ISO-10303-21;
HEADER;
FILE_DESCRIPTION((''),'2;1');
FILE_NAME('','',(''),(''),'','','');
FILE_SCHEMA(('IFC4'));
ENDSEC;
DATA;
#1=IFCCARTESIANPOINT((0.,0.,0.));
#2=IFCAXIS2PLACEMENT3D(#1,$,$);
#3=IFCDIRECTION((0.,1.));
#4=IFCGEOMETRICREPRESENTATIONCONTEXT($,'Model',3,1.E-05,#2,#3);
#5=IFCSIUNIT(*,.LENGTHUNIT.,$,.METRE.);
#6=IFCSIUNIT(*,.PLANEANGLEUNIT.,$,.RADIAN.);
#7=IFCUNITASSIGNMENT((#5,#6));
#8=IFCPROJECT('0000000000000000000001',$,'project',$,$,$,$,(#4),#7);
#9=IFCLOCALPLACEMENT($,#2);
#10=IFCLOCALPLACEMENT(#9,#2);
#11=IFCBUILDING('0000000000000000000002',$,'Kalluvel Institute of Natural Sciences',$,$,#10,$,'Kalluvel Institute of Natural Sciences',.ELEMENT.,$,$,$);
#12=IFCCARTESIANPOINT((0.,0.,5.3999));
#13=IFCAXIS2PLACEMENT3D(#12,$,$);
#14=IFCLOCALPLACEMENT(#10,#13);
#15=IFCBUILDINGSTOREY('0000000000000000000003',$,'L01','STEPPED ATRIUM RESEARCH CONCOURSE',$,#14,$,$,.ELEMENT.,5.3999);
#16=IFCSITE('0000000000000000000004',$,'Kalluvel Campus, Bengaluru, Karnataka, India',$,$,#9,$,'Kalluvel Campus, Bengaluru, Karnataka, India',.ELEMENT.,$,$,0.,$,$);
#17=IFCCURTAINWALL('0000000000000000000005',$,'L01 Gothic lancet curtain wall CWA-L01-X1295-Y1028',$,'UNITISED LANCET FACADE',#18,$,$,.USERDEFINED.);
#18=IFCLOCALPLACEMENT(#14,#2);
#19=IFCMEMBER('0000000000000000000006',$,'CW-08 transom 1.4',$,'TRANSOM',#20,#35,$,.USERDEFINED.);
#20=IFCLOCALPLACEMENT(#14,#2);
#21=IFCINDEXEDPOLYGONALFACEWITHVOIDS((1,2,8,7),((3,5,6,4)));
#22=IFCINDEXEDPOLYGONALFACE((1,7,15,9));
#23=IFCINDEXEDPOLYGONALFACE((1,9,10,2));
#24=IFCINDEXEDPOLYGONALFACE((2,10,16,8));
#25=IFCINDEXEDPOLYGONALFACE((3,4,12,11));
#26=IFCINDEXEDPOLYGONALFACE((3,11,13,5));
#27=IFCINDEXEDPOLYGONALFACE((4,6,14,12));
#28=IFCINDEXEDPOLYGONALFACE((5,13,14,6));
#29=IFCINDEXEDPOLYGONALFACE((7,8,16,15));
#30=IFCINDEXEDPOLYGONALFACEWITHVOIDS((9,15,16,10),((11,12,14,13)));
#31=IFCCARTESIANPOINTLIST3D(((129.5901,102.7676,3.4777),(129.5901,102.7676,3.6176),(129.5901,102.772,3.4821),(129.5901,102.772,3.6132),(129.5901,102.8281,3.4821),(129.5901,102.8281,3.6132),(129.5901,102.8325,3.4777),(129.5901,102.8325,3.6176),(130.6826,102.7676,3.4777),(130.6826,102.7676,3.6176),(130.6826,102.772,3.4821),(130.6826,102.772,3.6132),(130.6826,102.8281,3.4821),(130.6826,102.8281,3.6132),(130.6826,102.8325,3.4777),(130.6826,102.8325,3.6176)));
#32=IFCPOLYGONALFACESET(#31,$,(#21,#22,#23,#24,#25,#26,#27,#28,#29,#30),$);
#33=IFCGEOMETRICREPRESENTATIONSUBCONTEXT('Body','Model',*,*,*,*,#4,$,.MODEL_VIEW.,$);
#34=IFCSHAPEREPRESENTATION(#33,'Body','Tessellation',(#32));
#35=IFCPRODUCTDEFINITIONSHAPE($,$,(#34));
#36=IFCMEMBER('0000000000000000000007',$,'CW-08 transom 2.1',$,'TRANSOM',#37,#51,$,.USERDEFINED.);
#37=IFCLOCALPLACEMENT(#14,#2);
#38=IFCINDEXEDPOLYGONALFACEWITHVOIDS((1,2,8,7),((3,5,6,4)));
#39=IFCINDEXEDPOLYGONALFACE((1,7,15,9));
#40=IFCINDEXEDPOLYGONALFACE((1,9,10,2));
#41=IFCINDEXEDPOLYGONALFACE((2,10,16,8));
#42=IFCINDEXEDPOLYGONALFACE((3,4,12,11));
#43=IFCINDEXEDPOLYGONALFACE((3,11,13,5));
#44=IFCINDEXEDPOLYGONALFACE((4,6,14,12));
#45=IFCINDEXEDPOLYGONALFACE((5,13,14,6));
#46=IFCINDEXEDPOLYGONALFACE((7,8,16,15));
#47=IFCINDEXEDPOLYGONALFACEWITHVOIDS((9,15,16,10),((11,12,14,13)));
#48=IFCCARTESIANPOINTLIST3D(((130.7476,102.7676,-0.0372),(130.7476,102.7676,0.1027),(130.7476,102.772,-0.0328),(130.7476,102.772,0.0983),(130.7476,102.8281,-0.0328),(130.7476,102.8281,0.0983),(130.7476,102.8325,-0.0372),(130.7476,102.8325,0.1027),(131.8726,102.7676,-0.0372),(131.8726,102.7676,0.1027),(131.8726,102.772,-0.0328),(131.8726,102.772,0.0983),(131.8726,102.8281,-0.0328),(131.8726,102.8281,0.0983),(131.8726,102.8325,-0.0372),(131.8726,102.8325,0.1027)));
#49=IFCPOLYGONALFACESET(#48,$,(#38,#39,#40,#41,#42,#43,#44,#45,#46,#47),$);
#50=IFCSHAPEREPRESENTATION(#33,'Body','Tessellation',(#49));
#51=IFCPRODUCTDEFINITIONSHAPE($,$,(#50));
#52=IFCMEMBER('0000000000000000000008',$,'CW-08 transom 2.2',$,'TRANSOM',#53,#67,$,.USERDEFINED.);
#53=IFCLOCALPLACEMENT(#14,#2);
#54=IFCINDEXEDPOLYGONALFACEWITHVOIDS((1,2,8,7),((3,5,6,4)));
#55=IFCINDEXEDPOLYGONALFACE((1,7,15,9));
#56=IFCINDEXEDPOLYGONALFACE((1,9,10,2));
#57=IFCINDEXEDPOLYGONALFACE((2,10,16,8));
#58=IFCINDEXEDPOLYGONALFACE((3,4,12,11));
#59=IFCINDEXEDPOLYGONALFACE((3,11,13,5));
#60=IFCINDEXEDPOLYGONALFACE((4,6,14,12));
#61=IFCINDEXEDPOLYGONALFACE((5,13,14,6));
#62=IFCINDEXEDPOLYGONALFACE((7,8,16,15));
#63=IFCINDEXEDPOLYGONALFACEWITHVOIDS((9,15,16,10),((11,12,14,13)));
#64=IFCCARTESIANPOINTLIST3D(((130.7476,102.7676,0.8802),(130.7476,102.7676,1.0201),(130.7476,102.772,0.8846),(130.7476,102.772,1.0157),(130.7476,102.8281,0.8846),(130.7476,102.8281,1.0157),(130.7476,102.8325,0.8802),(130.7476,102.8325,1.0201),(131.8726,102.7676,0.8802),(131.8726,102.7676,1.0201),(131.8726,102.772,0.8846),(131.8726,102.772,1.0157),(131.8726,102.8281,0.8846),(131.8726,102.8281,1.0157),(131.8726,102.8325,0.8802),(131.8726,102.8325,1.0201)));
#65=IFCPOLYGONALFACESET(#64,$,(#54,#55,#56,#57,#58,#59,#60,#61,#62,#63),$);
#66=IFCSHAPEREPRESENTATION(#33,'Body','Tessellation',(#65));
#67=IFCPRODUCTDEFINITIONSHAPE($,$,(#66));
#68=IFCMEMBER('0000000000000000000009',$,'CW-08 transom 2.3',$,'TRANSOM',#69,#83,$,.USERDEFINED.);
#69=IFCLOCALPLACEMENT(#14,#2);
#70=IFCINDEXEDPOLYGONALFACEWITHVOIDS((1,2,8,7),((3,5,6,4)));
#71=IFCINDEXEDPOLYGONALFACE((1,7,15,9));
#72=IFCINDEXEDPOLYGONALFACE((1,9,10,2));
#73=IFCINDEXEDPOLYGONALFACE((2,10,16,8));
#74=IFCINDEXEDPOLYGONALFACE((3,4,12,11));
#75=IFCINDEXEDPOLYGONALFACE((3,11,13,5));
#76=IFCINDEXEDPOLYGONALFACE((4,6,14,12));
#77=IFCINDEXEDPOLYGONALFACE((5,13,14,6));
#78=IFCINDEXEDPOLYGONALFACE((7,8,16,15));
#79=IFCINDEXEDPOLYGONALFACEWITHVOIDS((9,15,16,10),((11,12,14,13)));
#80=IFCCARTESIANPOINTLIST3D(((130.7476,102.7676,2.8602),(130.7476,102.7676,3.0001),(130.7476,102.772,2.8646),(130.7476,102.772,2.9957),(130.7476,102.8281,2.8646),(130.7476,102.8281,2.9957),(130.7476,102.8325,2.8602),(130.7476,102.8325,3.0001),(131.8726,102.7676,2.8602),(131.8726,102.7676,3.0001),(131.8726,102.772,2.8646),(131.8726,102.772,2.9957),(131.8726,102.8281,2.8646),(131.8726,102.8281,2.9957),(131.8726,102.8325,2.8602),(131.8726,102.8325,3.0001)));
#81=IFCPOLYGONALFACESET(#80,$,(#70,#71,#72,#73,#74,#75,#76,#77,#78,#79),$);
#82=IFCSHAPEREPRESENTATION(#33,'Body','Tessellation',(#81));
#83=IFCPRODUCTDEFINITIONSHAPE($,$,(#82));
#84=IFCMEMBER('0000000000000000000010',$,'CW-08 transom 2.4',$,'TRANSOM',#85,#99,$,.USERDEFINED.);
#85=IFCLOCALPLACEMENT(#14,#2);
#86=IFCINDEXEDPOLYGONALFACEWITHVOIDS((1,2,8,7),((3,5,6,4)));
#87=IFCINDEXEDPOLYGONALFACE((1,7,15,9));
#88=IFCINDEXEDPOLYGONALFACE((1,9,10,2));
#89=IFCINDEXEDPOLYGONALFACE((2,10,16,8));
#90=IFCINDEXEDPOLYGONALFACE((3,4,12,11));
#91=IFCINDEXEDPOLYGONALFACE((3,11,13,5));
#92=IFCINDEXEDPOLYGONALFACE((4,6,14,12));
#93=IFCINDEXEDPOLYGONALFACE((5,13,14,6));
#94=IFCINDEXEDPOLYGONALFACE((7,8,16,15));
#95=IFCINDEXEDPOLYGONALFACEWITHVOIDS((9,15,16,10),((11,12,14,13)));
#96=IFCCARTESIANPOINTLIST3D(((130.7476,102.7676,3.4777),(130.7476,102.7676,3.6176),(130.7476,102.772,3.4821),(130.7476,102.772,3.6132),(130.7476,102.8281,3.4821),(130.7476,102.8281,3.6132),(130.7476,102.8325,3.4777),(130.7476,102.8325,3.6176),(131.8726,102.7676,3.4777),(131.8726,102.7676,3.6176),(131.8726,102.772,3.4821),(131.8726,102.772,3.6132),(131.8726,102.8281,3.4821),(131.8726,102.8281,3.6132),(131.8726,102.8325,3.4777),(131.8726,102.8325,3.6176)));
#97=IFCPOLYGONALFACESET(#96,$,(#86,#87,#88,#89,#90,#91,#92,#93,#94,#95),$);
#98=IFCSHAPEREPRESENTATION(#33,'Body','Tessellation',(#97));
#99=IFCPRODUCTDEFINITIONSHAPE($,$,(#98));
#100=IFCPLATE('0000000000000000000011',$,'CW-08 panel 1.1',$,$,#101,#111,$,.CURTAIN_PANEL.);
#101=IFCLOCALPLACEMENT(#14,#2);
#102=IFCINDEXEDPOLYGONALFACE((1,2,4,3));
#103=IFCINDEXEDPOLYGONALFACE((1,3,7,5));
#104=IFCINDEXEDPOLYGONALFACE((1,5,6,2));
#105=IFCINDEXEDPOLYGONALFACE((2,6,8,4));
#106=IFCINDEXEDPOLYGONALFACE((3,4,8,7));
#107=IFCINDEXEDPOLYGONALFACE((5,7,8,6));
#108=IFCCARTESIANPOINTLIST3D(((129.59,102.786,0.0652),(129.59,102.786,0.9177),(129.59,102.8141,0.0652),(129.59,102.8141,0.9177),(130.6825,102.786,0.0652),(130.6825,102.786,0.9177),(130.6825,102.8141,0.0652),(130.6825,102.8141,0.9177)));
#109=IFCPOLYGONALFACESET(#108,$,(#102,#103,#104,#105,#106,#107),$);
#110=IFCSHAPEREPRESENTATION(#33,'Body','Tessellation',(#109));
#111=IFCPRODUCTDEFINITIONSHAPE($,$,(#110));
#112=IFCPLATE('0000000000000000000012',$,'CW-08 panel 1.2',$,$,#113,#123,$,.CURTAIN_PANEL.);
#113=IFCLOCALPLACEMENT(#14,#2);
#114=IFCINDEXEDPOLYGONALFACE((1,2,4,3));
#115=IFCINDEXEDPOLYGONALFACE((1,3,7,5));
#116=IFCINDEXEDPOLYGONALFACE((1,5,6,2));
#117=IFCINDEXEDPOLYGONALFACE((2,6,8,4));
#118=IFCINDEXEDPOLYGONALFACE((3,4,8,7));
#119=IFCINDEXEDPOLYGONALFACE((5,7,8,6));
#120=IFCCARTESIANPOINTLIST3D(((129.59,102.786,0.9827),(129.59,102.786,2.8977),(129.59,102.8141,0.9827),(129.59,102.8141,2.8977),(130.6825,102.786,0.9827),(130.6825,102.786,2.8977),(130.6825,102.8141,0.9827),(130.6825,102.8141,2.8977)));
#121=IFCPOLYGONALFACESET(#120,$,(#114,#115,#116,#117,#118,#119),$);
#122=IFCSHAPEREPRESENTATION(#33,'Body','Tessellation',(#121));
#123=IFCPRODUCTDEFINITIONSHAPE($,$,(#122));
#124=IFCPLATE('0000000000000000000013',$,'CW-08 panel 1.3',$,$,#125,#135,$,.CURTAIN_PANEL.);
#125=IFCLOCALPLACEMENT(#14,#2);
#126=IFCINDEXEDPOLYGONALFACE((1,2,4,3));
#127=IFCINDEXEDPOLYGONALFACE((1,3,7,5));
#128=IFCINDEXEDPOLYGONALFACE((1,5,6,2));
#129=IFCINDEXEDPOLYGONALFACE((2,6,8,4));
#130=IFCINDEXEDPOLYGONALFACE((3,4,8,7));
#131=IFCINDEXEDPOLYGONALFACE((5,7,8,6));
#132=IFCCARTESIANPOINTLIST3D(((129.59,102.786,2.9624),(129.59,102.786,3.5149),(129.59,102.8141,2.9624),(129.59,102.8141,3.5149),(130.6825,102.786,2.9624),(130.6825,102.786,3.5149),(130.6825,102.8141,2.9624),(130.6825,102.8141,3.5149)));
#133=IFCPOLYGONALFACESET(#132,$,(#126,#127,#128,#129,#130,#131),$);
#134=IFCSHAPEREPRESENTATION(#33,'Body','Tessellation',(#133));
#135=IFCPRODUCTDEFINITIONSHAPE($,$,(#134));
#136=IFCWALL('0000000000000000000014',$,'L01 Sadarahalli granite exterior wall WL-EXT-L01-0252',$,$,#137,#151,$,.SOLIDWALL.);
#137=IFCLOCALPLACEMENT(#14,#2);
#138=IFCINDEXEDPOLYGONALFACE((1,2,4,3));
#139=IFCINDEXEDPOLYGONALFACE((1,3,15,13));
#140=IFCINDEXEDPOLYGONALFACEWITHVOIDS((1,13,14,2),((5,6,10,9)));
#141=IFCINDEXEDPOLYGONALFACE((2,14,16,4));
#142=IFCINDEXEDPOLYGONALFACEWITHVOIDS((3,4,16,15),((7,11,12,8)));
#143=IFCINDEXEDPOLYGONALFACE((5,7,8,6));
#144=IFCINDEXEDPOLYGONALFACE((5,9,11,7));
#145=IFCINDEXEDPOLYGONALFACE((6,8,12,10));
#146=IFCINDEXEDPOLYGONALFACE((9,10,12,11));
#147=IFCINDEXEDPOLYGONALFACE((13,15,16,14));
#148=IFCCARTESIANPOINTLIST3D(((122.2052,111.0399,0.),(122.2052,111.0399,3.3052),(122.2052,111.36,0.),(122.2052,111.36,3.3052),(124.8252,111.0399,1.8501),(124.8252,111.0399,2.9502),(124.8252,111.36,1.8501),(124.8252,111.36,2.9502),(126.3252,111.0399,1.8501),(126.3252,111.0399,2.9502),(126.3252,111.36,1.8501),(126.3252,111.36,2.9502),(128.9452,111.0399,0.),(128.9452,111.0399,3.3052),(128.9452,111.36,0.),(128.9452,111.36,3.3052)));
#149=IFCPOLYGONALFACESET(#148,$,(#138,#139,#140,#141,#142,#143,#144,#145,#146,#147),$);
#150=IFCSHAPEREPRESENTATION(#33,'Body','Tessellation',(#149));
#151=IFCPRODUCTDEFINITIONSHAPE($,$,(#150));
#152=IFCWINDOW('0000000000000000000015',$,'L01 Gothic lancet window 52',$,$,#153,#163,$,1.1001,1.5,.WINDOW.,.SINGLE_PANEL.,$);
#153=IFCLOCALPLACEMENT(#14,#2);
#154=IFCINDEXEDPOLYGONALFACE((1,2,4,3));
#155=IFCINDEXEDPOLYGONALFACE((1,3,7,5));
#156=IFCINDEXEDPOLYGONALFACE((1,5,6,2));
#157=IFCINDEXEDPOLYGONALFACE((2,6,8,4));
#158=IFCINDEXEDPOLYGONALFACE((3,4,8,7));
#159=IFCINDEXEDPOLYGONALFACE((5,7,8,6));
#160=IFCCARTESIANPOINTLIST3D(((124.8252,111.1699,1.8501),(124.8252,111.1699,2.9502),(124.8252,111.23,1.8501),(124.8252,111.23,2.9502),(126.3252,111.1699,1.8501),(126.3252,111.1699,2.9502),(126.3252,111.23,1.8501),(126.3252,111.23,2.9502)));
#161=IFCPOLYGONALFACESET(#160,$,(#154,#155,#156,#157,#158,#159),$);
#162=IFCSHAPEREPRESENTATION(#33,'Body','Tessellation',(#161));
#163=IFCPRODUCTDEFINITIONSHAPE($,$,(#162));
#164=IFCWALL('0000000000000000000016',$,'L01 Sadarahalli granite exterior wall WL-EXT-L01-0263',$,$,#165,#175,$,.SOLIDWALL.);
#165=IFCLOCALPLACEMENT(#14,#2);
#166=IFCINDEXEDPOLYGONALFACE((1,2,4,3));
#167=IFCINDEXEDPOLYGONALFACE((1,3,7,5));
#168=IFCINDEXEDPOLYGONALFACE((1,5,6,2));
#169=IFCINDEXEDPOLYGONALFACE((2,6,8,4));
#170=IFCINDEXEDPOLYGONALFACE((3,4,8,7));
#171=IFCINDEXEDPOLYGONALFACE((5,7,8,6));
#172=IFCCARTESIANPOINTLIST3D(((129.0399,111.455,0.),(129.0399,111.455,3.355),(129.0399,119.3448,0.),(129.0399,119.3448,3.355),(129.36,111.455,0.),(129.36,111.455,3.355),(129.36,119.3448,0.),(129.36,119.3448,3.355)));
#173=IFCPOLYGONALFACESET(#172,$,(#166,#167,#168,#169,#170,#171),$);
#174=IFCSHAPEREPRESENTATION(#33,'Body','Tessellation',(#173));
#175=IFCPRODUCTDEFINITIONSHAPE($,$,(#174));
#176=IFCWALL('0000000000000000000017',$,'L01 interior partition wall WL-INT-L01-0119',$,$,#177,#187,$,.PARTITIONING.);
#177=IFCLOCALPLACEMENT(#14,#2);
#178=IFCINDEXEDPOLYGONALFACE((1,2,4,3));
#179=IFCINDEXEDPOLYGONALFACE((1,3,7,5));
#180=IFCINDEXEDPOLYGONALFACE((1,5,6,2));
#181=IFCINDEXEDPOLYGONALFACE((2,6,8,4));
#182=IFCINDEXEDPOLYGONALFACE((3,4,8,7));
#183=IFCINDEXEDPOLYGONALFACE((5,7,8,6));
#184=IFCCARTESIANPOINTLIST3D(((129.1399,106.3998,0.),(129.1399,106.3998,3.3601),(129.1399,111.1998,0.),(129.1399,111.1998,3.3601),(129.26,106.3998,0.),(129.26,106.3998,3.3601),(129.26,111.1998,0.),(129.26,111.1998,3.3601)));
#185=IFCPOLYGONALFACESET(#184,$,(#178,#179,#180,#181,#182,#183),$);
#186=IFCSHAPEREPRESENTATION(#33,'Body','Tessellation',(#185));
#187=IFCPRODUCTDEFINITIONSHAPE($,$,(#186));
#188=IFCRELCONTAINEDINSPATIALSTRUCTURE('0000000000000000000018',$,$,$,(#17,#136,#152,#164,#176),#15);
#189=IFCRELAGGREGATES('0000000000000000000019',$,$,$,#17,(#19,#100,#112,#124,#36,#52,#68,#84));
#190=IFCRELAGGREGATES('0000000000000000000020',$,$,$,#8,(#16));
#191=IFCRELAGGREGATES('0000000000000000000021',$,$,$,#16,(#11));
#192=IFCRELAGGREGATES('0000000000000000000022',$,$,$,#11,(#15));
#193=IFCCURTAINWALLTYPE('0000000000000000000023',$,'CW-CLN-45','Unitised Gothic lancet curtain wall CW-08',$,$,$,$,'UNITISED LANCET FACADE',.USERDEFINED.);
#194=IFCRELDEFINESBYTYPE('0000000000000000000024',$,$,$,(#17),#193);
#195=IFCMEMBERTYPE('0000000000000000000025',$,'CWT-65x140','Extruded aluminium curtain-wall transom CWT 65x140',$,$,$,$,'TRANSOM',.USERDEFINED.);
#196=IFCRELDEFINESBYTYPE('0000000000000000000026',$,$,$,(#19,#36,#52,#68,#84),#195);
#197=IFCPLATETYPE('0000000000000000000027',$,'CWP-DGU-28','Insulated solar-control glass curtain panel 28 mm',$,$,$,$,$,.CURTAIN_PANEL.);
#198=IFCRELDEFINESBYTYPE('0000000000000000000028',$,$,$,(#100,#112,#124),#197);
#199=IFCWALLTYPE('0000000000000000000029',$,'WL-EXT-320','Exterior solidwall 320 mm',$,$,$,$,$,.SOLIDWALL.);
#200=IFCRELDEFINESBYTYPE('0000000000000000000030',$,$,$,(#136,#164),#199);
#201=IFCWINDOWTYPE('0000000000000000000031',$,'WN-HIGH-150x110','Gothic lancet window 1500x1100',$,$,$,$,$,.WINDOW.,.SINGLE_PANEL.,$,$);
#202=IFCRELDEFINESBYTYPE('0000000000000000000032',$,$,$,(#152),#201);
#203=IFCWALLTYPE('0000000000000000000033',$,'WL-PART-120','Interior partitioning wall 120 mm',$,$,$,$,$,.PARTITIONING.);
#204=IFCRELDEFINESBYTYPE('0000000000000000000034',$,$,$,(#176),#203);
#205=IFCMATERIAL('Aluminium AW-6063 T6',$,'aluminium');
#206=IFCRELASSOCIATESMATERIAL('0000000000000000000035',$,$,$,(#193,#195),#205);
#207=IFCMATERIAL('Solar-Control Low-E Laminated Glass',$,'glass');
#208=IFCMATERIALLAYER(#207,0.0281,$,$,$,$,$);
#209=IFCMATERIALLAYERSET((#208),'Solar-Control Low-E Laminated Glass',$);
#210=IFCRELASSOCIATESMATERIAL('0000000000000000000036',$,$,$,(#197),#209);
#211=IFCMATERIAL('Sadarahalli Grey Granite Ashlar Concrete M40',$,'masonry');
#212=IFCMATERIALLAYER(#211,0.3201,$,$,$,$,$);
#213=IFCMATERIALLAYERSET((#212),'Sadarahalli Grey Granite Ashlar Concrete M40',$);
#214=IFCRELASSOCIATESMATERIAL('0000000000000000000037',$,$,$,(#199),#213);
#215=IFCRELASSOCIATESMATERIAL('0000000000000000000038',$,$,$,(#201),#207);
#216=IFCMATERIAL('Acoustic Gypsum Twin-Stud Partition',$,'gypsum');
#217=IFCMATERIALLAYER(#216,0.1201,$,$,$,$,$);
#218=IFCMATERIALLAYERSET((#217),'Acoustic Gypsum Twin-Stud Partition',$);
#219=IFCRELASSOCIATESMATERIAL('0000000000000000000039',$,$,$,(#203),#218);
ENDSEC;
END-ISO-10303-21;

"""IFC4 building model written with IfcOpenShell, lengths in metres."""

from ifc_helpers import new_model, si_unit, direction, frame, frame_2d, origin, origin_2d, place, context, subcontext, project, spatial, rectangle, hollow_rectangle, extrude, material, layer, layer_set, material_profile, profile_set, type_object, element, fill, aggregate, save


model = new_model("IFC4")

# Units and contexts
model_context = context("Model", 3, precision=1e-05, world=origin(), true_north=direction((0.0, 1.0)))
body_context = subcontext(model_context, "Body", "Model", "MODEL_VIEW")
ifc_project = project(units=[si_unit("LENGTHUNIT", "METRE"), si_unit("PLANEANGLEUNIT", "RADIAN")], contexts=[model_context])

# Site, building, storey
site_placement = place(None, origin())
site = spatial("IfcSite", under=ifc_project, at=site_placement, Name="Kalluvel Campus, Bengaluru, Karnataka, India", LongName="Kalluvel Campus, Bengaluru, Karnataka, India", CompositionType="ELEMENT", RefElevation=0.0)
building_placement = place(site_placement, origin())
building = spatial("IfcBuilding", under=site, at=building_placement, Name="Kalluvel Institute of Natural Sciences", LongName="Kalluvel Institute of Natural Sciences", CompositionType="ELEMENT")
storey_placement = place(building_placement, frame((0.0, 0.0, 5.3999)))
storey = spatial("IfcBuildingStorey", under=building, at=storey_placement, Name="L01", Description="STEPPED ATRIUM RESEARCH CONCOURSE", CompositionType="ELEMENT", Elevation=5.3999)

# Curtain wall, members, plates
ifc_material_1 = material(Name="Aluminium AW-6063 T6", Category="aluminium")
curtain_wall_type = type_object("IfcCurtainWallType", Name="CW-CLN-45", Description="Unitised Gothic lancet curtain wall CW-08", ElementType="UNITISED LANCET FACADE", PredefinedType="USERDEFINED", material=ifc_material_1)
curtain_wall_placement = place(storey_placement, origin())
curtain_wall = element("IfcCurtainWall", 1, at=curtain_wall_placement, inside=storey, type_object=curtain_wall_type, Name="L01 Gothic lancet curtain wall CWA-L01-X1295-Y1028", ObjectType="UNITISED LANCET FACADE", PredefinedType="USERDEFINED")
ifc_material_profile_1 = material_profile(ifc_material_1, hollow_rectangle(XDim=0.0649, YDim=0.1399, WallThickness=0.0044, at=origin_2d()), Name="CWT 65x140")
ifc_profile_set_1 = profile_set([ifc_material_profile_1], Name="Aluminium AW-6063 T6")
member_type_1 = type_object("IfcMemberType", Name="CWT-65x140", Description="Extruded aluminium curtain-wall transom CWT 65x140", ElementType="TRANSOM", PredefinedType="USERDEFINED", material=ifc_profile_set_1)
member_1_placement = place(storey_placement, frame((129.5901, 102.8, 3.5476), z_axis=(1.0, 0.0, 0.0), x_axis=(0.0, 1.0, 0.0)))
member_1 = element("IfcMember", 2, at=member_1_placement, type_object=member_type_1, Name="CW-08 transom 1.4", ObjectType="TRANSOM", PredefinedType="USERDEFINED", context=body_context, shape_type="SweptSolid", body=[
    extrude(hollow_rectangle(XDim=0.0649, YDim=0.1399, WallThickness=0.0044, at=origin_2d()), origin(), (0.0, 0.0, 1.0), 1.0925),
])
member_2_placement = place(storey_placement, frame((130.7476, 102.8, 0.0327), z_axis=(1.0, 0.0, 0.0), x_axis=(0.0, 1.0, 0.0)))
member_2 = element("IfcMember", 3, at=member_2_placement, type_object=member_type_1, Name="CW-08 transom 2.1", ObjectType="TRANSOM", PredefinedType="USERDEFINED", context=body_context, shape_type="SweptSolid", body=[
    extrude(hollow_rectangle(XDim=0.0649, YDim=0.1399, WallThickness=0.0044, at=origin_2d()), origin(), (0.0, 0.0, 1.0), 1.125),
])
member_3_placement = place(storey_placement, frame((130.7476, 102.8, 0.9502), z_axis=(1.0, 0.0, 0.0), x_axis=(0.0, 1.0, 0.0)))
member_3 = element("IfcMember", 4, at=member_3_placement, type_object=member_type_1, Name="CW-08 transom 2.2", ObjectType="TRANSOM", PredefinedType="USERDEFINED", context=body_context, shape_type="SweptSolid", body=[
    extrude(hollow_rectangle(XDim=0.0649, YDim=0.1399, WallThickness=0.0044, at=origin_2d()), origin(), (0.0, 0.0, 1.0), 1.125),
])
member_4_placement = place(storey_placement, frame((130.7476, 102.8, 2.9302), z_axis=(1.0, 0.0, 0.0), x_axis=(0.0, 1.0, 0.0)))
member_4 = element("IfcMember", 5, at=member_4_placement, type_object=member_type_1, Name="CW-08 transom 2.3", ObjectType="TRANSOM", PredefinedType="USERDEFINED", context=body_context, shape_type="SweptSolid", body=[
    extrude(hollow_rectangle(XDim=0.0649, YDim=0.1399, WallThickness=0.0044, at=origin_2d()), origin(), (0.0, 0.0, 1.0), 1.125),
])
member_5_placement = place(storey_placement, frame((130.7476, 102.8, 3.5476), z_axis=(1.0, 0.0, 0.0), x_axis=(0.0, 1.0, 0.0)))
member_5 = element("IfcMember", 6, at=member_5_placement, type_object=member_type_1, Name="CW-08 transom 2.4", ObjectType="TRANSOM", PredefinedType="USERDEFINED", context=body_context, shape_type="SweptSolid", body=[
    extrude(hollow_rectangle(XDim=0.0649, YDim=0.1399, WallThickness=0.0044, at=origin_2d()), origin(), (0.0, 0.0, 1.0), 1.125),
])
ifc_material_2 = material(Name="Solar-Control Low-E Laminated Glass", Category="glass")
ifc_layer_1 = layer(ifc_material_2, 0.0281)
ifc_layer_set_1 = layer_set([ifc_layer_1], Name="Solar-Control Low-E Laminated Glass")
plate_type = type_object("IfcPlateType", Name="CWP-DGU-28", Description="Insulated solar-control glass curtain panel 28 mm", PredefinedType="CURTAIN_PANEL", material=ifc_layer_set_1)
plate_1_placement = place(storey_placement, frame((130.1362, 102.8, 0.0652), z_axis=(0.0, 0.0, 1.0), x_axis=(1.0, 0.0, 0.0)))
plate_1 = element("IfcPlate", 7, at=plate_1_placement, type_object=plate_type, Name="CW-08 panel 1.1", PredefinedType="CURTAIN_PANEL", context=body_context, shape_type="SweptSolid", body=[
    extrude(rectangle(XDim=1.0925, YDim=0.0281, at=origin_2d()), origin(), (0.0, 0.0, 1.0), 0.8525),
])
plate_2_placement = place(storey_placement, frame((130.1362, 102.8, 0.9827), z_axis=(0.0, 0.0, 1.0), x_axis=(1.0, 0.0, 0.0)))
plate_2 = element("IfcPlate", 8, at=plate_2_placement, type_object=plate_type, Name="CW-08 panel 1.2", PredefinedType="CURTAIN_PANEL", context=body_context, shape_type="SweptSolid", body=[
    extrude(rectangle(XDim=1.0925, YDim=0.0281, at=origin_2d()), origin(), (0.0, 0.0, 1.0), 1.915),
])
plate_3_placement = place(storey_placement, frame((130.1362, 102.8, 2.9624), z_axis=(0.0, 0.0, 1.0), x_axis=(1.0, 0.0, 0.0)))
plate_3 = element("IfcPlate", 9, at=plate_3_placement, type_object=plate_type, Name="CW-08 panel 1.3", PredefinedType="CURTAIN_PANEL", context=body_context, shape_type="SweptSolid", body=[
    extrude(rectangle(XDim=1.0925, YDim=0.0281, at=origin_2d()), origin(), (0.0, 0.0, 1.0), 0.5525),
])
aggregate(curtain_wall, [member_1, plate_1, plate_2, plate_3, member_2, member_3, member_4, member_5])

# Wall, opening, window
ifc_material_3 = material(Name="Sadarahalli Grey Granite Ashlar Concrete M40", Category="masonry")
ifc_layer_2 = layer(ifc_material_3, 0.3201)
ifc_layer_set_2 = layer_set([ifc_layer_2], Name="Sadarahalli Grey Granite Ashlar Concrete M40")
wall_type_1 = type_object("IfcWallType", Name="WL-EXT-320", Description="Exterior solidwall 320 mm", PredefinedType="SOLIDWALL", material=ifc_layer_set_2)
wall_1_placement = place(storey_placement, frame((122.2051, 111.2, 0.0), z_axis=(0.0, 0.0, 1.0), x_axis=(1.0, 0.0, 0.0)))
wall_1 = element("IfcWall", 10, at=wall_1_placement, inside=storey, type_object=wall_type_1, Name="L01 Sadarahalli granite exterior wall WL-EXT-L01-0252", PredefinedType="SOLIDWALL", context=body_context, shape_type="SweptSolid", body=[
    extrude(rectangle(XDim=6.74, YDim=0.3201, at=frame_2d((3.3701, 0.0))), origin(), (0.0, 0.0, 1.0), 3.3052),
])
opening_placement = place(wall_1_placement, frame((2.6201, 0.0, 1.8501)))
opening = element("IfcOpeningElement", 11, at=opening_placement, cuts=wall_1, PredefinedType="OPENING", context=body_context, shape_type="SweptSolid", body=[
    extrude(rectangle(XDim=1.5, YDim=1.1001, at=frame_2d((0.75, 0.55))), frame((0.0, 0.1699, 0.0), z_axis=(0.0, -1.0, 0.0), x_axis=(1.0, 0.0, 0.0)), (0.0, 0.0, 1.0), 0.3401),
])
window_type = type_object("IfcWindowType", Name="WN-HIGH-150x110", Description="Gothic lancet window 1500x1100", PartitioningType="SINGLE_PANEL", PredefinedType="WINDOW", material=ifc_material_2)
window_placement = place(opening_placement, origin())
window = element("IfcWindow", 12, at=window_placement, inside=storey, type_object=window_type, Name="L01 Gothic lancet window 52", OverallHeight=1.1001, OverallWidth=1.5, PartitioningType="SINGLE_PANEL", PredefinedType="WINDOW", context=body_context, shape_type="SweptSolid", body=[
    extrude(rectangle(XDim=1.5, YDim=1.1001, at=frame_2d((0.75, 0.55))), frame((0.0, 0.03, 0.0), z_axis=(0.0, -1.0, 0.0), x_axis=(1.0, 0.0, 0.0)), (0.0, 0.0, 1.0), 0.0601),
])
fill(opening, window)

# Walls
wall_2_placement = place(storey_placement, frame((129.2, 111.4551, 0.0), z_axis=(0.0, 0.0, 1.0), x_axis=(0.0, 1.0, 0.0)))
element("IfcWall", 13, at=wall_2_placement, inside=storey, type_object=wall_type_1, Name="L01 Sadarahalli granite exterior wall WL-EXT-L01-0263", PredefinedType="SOLIDWALL", context=body_context, shape_type="SweptSolid", body=[
    extrude(rectangle(XDim=7.8899, YDim=0.3201, at=frame_2d((3.9448, 0.0))), origin(), (0.0, 0.0, 1.0), 3.355),
])
ifc_material_4 = material(Name="Acoustic Gypsum Twin-Stud Partition", Category="gypsum")
ifc_layer_3 = layer(ifc_material_4, 0.1201)
ifc_layer_set_3 = layer_set([ifc_layer_3], Name="Acoustic Gypsum Twin-Stud Partition")
wall_type_2 = type_object("IfcWallType", Name="WL-PART-120", Description="Interior partitioning wall 120 mm", PredefinedType="PARTITIONING", material=ifc_layer_set_3)
wall_3_placement = place(storey_placement, frame((129.2, 106.3999, 0.0), z_axis=(0.0, 0.0, 1.0), x_axis=(0.0, 1.0, 0.0)))
element("IfcWall", 14, at=wall_3_placement, inside=storey, type_object=wall_type_2, Name="L01 interior partition wall WL-INT-L01-0119", PredefinedType="PARTITIONING", context=body_context, shape_type="SweptSolid", body=[
    extrude(rectangle(XDim=4.8, YDim=0.1201, at=frame_2d((2.3999, 0.0))), origin(), (0.0, 0.0, 1.0), 3.3601),
])

save(model, "model.ifc")
